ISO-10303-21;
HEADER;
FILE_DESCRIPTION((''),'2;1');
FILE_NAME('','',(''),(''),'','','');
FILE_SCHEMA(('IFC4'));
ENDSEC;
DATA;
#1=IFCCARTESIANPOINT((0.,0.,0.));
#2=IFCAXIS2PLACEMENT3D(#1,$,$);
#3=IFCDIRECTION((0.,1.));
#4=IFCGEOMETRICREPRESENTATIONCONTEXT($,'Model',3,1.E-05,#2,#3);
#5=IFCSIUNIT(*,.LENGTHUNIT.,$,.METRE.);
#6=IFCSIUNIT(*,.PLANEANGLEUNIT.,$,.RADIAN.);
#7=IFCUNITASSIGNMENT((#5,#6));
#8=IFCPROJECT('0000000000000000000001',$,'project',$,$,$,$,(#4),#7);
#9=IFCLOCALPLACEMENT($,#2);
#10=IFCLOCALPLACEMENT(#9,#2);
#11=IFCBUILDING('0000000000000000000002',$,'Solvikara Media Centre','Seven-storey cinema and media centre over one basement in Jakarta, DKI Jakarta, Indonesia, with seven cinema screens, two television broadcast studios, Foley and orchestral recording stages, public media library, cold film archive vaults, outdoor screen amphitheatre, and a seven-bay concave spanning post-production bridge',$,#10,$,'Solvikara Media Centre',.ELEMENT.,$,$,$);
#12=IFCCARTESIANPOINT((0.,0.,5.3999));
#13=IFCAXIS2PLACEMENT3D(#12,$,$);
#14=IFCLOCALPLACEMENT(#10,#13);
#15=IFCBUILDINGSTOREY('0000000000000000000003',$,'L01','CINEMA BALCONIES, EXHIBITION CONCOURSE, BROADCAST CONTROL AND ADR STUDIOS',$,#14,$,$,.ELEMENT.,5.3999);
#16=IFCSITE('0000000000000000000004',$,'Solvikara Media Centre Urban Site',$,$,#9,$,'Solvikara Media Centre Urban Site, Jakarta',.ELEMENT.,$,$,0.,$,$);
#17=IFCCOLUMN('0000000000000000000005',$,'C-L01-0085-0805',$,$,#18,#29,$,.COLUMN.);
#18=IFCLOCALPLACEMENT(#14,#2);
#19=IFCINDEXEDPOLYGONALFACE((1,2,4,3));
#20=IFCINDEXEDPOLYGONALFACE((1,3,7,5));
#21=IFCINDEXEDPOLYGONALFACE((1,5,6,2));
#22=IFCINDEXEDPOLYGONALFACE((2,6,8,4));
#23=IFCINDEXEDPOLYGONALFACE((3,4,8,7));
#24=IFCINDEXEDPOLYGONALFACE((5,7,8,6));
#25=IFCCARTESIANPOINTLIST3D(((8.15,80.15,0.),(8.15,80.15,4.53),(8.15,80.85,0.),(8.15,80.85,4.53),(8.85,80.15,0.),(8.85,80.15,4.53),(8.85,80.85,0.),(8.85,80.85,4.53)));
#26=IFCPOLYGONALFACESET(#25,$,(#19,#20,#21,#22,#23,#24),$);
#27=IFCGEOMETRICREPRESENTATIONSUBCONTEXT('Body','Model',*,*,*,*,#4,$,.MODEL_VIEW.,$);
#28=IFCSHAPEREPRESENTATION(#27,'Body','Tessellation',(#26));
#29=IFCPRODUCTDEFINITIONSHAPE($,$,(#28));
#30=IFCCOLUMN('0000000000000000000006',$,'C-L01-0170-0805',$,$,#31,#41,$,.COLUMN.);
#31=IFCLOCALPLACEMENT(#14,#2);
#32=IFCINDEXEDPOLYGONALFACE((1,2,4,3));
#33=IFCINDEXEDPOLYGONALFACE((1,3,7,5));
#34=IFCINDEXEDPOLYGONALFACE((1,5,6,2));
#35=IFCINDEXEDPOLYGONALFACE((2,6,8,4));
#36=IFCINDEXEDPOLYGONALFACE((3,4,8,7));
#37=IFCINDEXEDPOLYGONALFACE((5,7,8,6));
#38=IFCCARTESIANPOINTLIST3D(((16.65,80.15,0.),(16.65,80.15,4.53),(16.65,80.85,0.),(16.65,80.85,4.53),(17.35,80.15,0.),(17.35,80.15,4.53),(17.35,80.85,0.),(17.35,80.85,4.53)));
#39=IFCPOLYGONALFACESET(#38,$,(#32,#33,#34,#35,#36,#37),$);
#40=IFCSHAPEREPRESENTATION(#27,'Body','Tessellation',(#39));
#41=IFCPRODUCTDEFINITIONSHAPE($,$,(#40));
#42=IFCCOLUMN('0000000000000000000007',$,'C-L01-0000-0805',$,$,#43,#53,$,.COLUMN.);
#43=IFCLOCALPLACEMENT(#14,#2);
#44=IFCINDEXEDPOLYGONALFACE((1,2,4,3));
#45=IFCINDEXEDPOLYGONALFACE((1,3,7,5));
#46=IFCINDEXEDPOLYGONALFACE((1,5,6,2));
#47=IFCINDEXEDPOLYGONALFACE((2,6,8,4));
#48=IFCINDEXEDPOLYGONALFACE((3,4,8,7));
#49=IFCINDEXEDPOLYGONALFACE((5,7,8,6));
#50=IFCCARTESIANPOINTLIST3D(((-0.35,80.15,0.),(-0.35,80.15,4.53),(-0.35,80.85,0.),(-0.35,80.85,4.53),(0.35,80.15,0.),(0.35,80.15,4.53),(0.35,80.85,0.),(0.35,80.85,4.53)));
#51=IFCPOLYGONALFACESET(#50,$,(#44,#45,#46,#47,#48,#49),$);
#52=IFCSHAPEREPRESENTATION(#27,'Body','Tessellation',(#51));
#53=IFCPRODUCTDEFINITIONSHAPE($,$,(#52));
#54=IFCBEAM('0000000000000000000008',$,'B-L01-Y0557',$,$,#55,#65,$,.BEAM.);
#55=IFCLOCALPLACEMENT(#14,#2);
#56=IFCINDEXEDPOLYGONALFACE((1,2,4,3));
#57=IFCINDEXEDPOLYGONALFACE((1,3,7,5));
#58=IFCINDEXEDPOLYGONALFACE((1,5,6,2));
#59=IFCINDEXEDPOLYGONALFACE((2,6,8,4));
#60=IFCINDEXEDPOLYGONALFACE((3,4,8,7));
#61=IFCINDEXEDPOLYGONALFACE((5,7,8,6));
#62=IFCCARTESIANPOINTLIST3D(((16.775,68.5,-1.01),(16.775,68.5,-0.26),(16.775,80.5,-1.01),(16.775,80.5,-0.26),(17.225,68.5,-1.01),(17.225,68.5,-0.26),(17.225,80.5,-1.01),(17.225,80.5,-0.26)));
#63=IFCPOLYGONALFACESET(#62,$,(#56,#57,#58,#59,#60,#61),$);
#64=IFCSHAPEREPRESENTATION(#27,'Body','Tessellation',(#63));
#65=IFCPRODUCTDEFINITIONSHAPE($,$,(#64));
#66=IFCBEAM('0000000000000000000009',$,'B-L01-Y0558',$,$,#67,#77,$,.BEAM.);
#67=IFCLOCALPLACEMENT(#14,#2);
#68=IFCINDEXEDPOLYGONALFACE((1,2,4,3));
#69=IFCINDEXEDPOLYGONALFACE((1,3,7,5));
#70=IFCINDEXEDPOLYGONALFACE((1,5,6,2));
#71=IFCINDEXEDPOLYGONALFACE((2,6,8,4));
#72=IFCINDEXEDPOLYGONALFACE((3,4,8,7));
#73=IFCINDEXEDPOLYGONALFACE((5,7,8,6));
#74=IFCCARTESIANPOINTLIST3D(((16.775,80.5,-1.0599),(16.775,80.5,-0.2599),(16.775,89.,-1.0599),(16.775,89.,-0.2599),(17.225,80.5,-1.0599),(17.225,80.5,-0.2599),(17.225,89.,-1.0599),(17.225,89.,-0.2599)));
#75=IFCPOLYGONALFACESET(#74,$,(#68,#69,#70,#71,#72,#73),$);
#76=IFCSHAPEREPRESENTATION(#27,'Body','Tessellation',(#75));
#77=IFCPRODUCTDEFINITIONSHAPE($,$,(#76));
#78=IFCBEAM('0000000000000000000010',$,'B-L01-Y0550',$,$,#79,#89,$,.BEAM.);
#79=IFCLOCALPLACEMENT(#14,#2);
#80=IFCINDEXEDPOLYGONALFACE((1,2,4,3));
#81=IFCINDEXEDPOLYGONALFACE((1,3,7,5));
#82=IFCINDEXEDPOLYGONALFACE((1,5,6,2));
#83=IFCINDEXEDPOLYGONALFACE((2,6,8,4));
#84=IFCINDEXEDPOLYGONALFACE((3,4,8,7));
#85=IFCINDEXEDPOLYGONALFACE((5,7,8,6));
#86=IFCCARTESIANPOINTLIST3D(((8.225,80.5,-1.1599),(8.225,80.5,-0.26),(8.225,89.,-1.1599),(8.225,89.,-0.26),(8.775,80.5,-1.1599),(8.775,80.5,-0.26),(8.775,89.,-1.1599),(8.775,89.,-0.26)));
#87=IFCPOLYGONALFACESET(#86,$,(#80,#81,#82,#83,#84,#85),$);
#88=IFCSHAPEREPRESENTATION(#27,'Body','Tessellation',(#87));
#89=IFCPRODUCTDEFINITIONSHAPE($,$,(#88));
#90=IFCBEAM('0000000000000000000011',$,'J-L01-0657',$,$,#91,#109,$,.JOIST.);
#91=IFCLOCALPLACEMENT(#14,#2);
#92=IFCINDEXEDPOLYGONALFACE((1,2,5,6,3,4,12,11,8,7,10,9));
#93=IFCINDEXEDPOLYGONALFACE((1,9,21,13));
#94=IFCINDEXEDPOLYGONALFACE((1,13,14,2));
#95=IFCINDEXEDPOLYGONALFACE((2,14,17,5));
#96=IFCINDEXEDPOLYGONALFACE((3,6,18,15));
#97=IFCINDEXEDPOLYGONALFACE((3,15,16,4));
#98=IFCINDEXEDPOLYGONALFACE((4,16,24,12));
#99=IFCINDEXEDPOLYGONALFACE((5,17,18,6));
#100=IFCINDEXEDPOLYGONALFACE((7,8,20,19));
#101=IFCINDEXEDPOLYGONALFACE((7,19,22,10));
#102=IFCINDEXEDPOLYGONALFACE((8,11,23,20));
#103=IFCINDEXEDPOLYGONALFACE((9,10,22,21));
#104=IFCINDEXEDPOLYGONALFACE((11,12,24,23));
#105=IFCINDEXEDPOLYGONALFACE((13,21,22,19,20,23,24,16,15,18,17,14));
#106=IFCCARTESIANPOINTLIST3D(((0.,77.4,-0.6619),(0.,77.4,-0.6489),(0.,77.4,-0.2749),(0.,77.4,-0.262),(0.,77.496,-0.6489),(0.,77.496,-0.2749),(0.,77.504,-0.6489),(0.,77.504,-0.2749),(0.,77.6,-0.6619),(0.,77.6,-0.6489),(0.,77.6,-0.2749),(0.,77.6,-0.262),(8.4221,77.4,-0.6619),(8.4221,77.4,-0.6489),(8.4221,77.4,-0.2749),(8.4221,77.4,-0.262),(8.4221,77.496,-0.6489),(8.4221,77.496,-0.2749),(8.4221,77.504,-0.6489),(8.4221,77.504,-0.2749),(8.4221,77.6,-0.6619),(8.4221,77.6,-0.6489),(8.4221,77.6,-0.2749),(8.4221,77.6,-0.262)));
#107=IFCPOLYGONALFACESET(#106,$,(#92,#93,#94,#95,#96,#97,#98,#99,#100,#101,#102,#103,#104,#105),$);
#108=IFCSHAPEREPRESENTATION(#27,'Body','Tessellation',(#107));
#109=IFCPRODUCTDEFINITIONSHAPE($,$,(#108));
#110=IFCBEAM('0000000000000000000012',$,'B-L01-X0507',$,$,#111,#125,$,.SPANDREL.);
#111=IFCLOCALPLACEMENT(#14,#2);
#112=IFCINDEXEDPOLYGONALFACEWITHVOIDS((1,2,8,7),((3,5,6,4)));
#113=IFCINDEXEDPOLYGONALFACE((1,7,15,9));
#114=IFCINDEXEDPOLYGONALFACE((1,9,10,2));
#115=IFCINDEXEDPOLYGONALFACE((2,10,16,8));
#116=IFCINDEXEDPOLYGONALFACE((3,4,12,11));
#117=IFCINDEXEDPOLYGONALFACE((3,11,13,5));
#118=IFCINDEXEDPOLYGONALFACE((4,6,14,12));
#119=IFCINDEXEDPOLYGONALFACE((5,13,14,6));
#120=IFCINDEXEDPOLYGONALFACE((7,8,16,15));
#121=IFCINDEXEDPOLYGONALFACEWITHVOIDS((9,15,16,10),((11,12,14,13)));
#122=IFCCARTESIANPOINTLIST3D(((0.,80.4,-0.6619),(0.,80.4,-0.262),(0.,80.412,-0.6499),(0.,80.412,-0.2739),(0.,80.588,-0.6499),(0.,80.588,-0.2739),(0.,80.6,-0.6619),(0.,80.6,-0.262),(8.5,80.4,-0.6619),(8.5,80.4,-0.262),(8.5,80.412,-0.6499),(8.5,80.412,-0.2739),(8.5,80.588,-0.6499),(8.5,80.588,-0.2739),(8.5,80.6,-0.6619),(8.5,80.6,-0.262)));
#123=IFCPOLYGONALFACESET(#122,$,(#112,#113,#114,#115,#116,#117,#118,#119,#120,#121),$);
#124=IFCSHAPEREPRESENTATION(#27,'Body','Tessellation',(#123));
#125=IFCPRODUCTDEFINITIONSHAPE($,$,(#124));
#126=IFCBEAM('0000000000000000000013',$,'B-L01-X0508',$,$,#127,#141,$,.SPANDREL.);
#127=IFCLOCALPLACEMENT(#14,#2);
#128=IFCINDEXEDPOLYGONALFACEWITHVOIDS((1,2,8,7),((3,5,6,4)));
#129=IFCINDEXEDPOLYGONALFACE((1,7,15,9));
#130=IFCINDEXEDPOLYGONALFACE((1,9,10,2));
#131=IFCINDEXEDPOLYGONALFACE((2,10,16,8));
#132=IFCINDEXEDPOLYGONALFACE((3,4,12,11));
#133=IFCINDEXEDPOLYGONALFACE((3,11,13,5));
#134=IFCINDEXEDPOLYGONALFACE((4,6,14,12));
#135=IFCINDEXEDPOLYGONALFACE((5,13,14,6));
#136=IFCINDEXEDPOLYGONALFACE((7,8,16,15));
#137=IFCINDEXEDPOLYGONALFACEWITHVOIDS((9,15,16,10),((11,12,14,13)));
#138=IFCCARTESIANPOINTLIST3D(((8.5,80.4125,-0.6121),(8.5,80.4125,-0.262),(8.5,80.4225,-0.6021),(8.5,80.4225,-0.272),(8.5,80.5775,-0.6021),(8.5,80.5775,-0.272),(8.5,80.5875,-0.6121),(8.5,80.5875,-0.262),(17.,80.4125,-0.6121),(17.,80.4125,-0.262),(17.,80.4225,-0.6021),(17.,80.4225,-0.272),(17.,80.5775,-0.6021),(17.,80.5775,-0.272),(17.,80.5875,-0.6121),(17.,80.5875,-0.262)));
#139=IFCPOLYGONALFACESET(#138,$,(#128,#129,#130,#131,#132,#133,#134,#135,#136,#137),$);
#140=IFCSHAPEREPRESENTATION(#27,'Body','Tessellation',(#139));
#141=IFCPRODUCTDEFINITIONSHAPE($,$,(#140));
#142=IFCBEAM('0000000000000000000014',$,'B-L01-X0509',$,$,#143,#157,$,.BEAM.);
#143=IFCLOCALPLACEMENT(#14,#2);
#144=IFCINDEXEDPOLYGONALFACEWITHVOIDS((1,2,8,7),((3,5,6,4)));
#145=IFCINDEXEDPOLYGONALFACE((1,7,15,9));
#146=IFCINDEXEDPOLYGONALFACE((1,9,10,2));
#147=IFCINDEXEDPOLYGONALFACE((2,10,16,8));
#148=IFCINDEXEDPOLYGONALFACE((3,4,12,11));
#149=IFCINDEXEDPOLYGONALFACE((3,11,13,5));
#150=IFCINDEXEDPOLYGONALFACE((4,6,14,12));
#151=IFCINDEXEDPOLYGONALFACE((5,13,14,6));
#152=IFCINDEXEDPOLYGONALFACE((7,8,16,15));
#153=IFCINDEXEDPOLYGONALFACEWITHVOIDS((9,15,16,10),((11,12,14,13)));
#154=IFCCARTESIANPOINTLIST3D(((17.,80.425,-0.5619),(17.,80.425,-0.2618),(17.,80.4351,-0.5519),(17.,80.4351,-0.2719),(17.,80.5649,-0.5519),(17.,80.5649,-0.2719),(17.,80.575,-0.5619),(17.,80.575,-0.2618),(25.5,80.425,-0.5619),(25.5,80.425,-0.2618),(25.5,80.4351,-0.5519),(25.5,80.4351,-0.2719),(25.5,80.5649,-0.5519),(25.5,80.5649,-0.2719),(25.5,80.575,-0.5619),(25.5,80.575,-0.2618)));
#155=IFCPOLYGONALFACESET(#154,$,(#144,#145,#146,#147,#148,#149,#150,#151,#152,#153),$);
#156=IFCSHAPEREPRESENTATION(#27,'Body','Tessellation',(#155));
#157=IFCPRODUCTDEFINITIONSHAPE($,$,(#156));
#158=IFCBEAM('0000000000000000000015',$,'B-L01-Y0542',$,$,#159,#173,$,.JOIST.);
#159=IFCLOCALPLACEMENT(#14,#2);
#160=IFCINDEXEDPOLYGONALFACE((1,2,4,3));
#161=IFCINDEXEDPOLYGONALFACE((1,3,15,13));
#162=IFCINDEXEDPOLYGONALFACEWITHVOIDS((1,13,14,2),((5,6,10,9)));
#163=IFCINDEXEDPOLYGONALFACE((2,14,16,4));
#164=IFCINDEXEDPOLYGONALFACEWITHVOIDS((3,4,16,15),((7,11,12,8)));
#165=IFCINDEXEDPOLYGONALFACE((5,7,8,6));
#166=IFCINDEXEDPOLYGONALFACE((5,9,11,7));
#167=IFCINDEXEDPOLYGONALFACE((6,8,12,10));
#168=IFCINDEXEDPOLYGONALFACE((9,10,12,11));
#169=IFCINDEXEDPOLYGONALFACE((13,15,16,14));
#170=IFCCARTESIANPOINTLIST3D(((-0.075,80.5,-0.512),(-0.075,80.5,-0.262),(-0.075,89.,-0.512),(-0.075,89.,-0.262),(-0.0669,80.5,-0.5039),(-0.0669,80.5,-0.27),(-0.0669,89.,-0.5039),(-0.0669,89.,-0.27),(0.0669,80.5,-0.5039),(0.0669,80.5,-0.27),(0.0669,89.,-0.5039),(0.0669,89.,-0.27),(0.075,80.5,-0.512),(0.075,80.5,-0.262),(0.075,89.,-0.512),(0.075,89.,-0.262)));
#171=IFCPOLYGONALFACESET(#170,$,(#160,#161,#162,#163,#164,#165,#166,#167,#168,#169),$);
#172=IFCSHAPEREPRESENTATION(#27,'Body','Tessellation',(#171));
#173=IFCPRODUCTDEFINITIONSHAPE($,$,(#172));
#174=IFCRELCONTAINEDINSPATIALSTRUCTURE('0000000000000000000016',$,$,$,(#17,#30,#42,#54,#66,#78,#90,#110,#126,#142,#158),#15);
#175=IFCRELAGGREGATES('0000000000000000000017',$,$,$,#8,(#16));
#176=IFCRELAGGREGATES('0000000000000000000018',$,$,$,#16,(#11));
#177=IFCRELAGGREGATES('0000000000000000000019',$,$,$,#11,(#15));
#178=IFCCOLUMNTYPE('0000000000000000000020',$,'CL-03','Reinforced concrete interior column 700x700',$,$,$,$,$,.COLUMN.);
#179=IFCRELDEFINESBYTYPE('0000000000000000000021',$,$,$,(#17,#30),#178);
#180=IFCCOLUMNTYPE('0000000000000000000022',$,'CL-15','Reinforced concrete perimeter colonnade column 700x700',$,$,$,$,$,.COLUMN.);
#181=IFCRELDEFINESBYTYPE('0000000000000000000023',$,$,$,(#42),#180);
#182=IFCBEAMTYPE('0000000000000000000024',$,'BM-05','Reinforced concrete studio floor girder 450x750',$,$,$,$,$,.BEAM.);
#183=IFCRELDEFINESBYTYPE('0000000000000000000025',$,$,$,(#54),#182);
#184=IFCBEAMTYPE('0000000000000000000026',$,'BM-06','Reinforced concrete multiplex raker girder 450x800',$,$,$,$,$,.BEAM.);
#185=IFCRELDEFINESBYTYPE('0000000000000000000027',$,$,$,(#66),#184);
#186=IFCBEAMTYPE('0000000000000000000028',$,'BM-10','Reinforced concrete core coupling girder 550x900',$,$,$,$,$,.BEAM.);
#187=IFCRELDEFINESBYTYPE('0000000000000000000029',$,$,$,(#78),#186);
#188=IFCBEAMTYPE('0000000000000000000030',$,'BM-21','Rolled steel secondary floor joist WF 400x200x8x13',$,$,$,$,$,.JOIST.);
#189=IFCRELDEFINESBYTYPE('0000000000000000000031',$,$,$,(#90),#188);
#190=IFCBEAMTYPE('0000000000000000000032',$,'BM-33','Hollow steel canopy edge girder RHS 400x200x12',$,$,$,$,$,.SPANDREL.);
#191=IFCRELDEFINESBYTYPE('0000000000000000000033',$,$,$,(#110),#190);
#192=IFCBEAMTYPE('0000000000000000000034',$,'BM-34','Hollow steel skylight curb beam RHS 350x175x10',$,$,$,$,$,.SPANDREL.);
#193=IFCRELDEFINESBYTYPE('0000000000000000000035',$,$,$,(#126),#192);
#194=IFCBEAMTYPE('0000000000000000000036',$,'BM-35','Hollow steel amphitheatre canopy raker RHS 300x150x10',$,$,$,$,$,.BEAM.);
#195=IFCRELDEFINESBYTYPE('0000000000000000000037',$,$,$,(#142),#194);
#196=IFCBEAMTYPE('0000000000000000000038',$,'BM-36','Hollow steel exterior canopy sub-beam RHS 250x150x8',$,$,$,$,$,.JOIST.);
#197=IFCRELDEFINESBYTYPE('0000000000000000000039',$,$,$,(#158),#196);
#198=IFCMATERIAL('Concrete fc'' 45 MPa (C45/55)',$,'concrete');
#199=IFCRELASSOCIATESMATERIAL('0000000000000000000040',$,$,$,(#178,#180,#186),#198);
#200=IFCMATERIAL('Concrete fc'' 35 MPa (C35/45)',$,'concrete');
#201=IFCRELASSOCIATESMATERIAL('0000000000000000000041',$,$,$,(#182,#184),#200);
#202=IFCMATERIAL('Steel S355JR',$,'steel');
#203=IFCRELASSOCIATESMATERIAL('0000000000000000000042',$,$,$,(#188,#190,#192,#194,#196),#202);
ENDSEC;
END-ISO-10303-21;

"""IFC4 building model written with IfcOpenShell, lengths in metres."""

from ifc_helpers import new_model, si_unit, direction, frame, origin, origin_2d, place, context, subcontext, project, spatial, rectangle, hollow_rectangle, i_section, extrude, material, material_profile, profile_set, type_object, element, save


model = new_model("IFC4")

# Units and contexts
model_context = context("Model", 3, precision=1e-05, world=origin(), true_north=direction((0.0, 1.0)))
body_context = subcontext(model_context, "Body", "Model", "MODEL_VIEW")
ifc_project = project(units=[si_unit("LENGTHUNIT", "METRE"), si_unit("PLANEANGLEUNIT", "RADIAN")], contexts=[model_context])

# Site, building, storey
site_placement = place(None, origin())
site = spatial("IfcSite", under=ifc_project, at=site_placement, Name="Solvikara Media Centre Urban Site", LongName="Solvikara Media Centre Urban Site, Jakarta", CompositionType="ELEMENT", RefElevation=0.0)
building_placement = place(site_placement, origin())
building = spatial("IfcBuilding", under=site, at=building_placement, Name="Solvikara Media Centre", Description="Seven-storey cinema and media centre over one basement in Jakarta, DKI Jakarta, Indonesia, with seven cinema screens, two television broadcast studios, Foley and orchestral recording stages, public media library, cold film archive vaults, outdoor screen amphitheatre, and a seven-bay concave spanning post-production bridge", LongName="Solvikara Media Centre", CompositionType="ELEMENT")
storey_placement = place(building_placement, frame((0.0, 0.0, 5.3999)))
storey = spatial("IfcBuildingStorey", under=building, at=storey_placement, Name="L01", Description="CINEMA BALCONIES, EXHIBITION CONCOURSE, BROADCAST CONTROL AND ADR STUDIOS", CompositionType="ELEMENT", Elevation=5.3999)

# Columns
ifc_material_1 = material(Name="Concrete fc' 45 MPa (C45/55)", Category="concrete")
ifc_material_profile_1 = material_profile(ifc_material_1, rectangle(XDim=0.7, YDim=0.7, at=origin_2d()), Name="RC 700x700")
ifc_profile_set_1 = profile_set([ifc_material_profile_1], Name="Concrete fc' 45 MPa (C45/55)")
column_type_1 = type_object("IfcColumnType", Name="CL-03", Description="Reinforced concrete interior column 700x700", PredefinedType="COLUMN", material=ifc_profile_set_1)
for number, where, z_axis, x_axis, name in (
    (1, (8.5, 80.5, 0.0), (0.0, 0.0, 1.0), (1.0, 0.0, 0.0), "C-L01-0085-0805"),
    (2, (17.0, 80.5, 0.0), (0.0, 0.0, 1.0), (1.0, 0.0, 0.0), "C-L01-0170-0805"),
):
    element("IfcColumn", number, at=place(storey_placement, frame(where, z_axis=z_axis, x_axis=x_axis)), inside=storey, type_object=column_type_1, Name=name, PredefinedType="COLUMN", context=body_context, shape_type="SweptSolid", body=[
        extrude(rectangle(XDim=0.7, YDim=0.7, at=origin_2d()), origin(), (0.0, 0.0, 1.0), 4.53),
    ])
ifc_material_profile_2 = material_profile(ifc_material_1, rectangle(XDim=0.7, YDim=0.7, at=origin_2d()), Name="RC 700x700")
ifc_profile_set_2 = profile_set([ifc_material_profile_2], Name="Concrete fc' 45 MPa (C45/55)")
column_type_2 = type_object("IfcColumnType", Name="CL-15", Description="Reinforced concrete perimeter colonnade column 700x700", PredefinedType="COLUMN", material=ifc_profile_set_2)
column_placement = place(storey_placement, frame((0.0, 80.5, 0.0), z_axis=(0.0, 0.0, 1.0), x_axis=(1.0, 0.0, 0.0)))
element("IfcColumn", 3, at=column_placement, inside=storey, type_object=column_type_2, Name="C-L01-0000-0805", PredefinedType="COLUMN", context=body_context, shape_type="SweptSolid", body=[
    extrude(rectangle(XDim=0.7, YDim=0.7, at=origin_2d()), origin(), (0.0, 0.0, 1.0), 4.53),
])

# Beams
ifc_material_2 = material(Name="Concrete fc' 35 MPa (C35/45)", Category="concrete")
ifc_material_profile_3 = material_profile(ifc_material_2, rectangle(XDim=0.45, YDim=0.75, at=origin_2d()), Name="RC 450x750")
ifc_profile_set_3 = profile_set([ifc_material_profile_3], Name="Concrete fc' 35 MPa (C35/45)")
beam_type_1 = type_object("IfcBeamType", Name="BM-05", Description="Reinforced concrete studio floor girder 450x750", PredefinedType="BEAM", material=ifc_profile_set_3)
beam_1_placement = place(storey_placement, frame((17.0, 68.5, -0.635), z_axis=(0.0, 1.0, 0.0), x_axis=(-1.0, 0.0, 0.0)))
element("IfcBeam", 4, at=beam_1_placement, inside=storey, type_object=beam_type_1, Name="B-L01-Y0557", PredefinedType="BEAM", context=body_context, shape_type="SweptSolid", body=[
    extrude(rectangle(XDim=0.45, YDim=0.75, at=origin_2d()), origin(), (0.0, 0.0, 1.0), 12.0),
])
ifc_material_profile_4 = material_profile(ifc_material_2, rectangle(XDim=0.45, YDim=0.8, at=origin_2d()), Name="RC 450x800")
ifc_profile_set_4 = profile_set([ifc_material_profile_4], Name="Concrete fc' 35 MPa (C35/45)")
beam_type_2 = type_object("IfcBeamType", Name="BM-06", Description="Reinforced concrete multiplex raker girder 450x800", PredefinedType="BEAM", material=ifc_profile_set_4)
beam_2_placement = place(storey_placement, frame((17.0, 80.5, -0.6599), z_axis=(0.0, 1.0, 0.0), x_axis=(-1.0, 0.0, 0.0)))
element("IfcBeam", 5, at=beam_2_placement, inside=storey, type_object=beam_type_2, Name="B-L01-Y0558", PredefinedType="BEAM", context=body_context, shape_type="SweptSolid", body=[
    extrude(rectangle(XDim=0.45, YDim=0.8, at=origin_2d()), origin(), (0.0, 0.0, 1.0), 8.5),
])
ifc_material_profile_5 = material_profile(ifc_material_1, rectangle(XDim=0.55, YDim=0.8999, at=origin_2d()), Name="RC 550x900")
ifc_profile_set_5 = profile_set([ifc_material_profile_5], Name="Concrete fc' 45 MPa (C45/55)")
beam_type_3 = type_object("IfcBeamType", Name="BM-10", Description="Reinforced concrete core coupling girder 550x900", PredefinedType="BEAM", material=ifc_profile_set_5)
beam_3_placement = place(storey_placement, frame((8.5, 80.5, -0.71), z_axis=(0.0, 1.0, 0.0), x_axis=(-1.0, 0.0, 0.0)))
element("IfcBeam", 6, at=beam_3_placement, inside=storey, type_object=beam_type_3, Name="B-L01-Y0550", PredefinedType="BEAM", context=body_context, shape_type="SweptSolid", body=[
    extrude(rectangle(XDim=0.55, YDim=0.8999, at=origin_2d()), origin(), (0.0, 0.0, 1.0), 8.5),
])
ifc_material_3 = material(Name="Steel S355JR", Category="steel")
ifc_material_profile_6 = material_profile(ifc_material_3, i_section(OverallWidth=0.2, OverallDepth=0.3999, WebThickness=0.0081, FlangeThickness=0.0129, at=origin_2d()), Name="WF 400x200x8x13")
ifc_profile_set_6 = profile_set([ifc_material_profile_6], Name="Steel S355JR")
beam_type_4 = type_object("IfcBeamType", Name="BM-21", Description="Rolled steel secondary floor joist WF 400x200x8x13", PredefinedType="JOIST", material=ifc_profile_set_6)
beam_4_placement = place(storey_placement, frame((0.0, 77.5, -0.4619), z_axis=(1.0, 0.0, 0.0), x_axis=(0.0, 1.0, 0.0)))
element("IfcBeam", 7, at=beam_4_placement, inside=storey, type_object=beam_type_4, Name="J-L01-0657", PredefinedType="JOIST", context=body_context, shape_type="SweptSolid", body=[
    extrude(i_section(OverallWidth=0.2, OverallDepth=0.3999, WebThickness=0.0081, FlangeThickness=0.0129, at=origin_2d()), origin(), (0.0, 0.0, 1.0), 8.4221),
])
ifc_material_profile_7 = material_profile(ifc_material_3, hollow_rectangle(XDim=0.2, YDim=0.3999, WallThickness=0.012, at=origin_2d()), Name="RHS 400x200x12")
ifc_profile_set_7 = profile_set([ifc_material_profile_7], Name="Steel S355JR")
beam_type_5 = type_object("IfcBeamType", Name="BM-33", Description="Hollow steel canopy edge girder RHS 400x200x12", PredefinedType="SPANDREL", material=ifc_profile_set_7)
beam_5_placement = place(storey_placement, frame((0.0, 80.5, -0.4619), z_axis=(1.0, 0.0, 0.0), x_axis=(0.0, 1.0, 0.0)))
element("IfcBeam", 8, at=beam_5_placement, inside=storey, type_object=beam_type_5, Name="B-L01-X0507", PredefinedType="SPANDREL", context=body_context, shape_type="SweptSolid", body=[
    extrude(hollow_rectangle(XDim=0.2, YDim=0.3999, WallThickness=0.012, at=origin_2d()), origin(), (0.0, 0.0, 1.0), 8.5),
])
ifc_material_profile_8 = material_profile(ifc_material_3, hollow_rectangle(XDim=0.175, YDim=0.3501, WallThickness=0.01, at=origin_2d()), Name="RHS 350x175x10")
ifc_profile_set_8 = profile_set([ifc_material_profile_8], Name="Steel S355JR")
beam_type_6 = type_object("IfcBeamType", Name="BM-34", Description="Hollow steel skylight curb beam RHS 350x175x10", PredefinedType="SPANDREL", material=ifc_profile_set_8)
beam_6_placement = place(storey_placement, frame((8.5, 80.5, -0.437), z_axis=(1.0, 0.0, 0.0), x_axis=(0.0, 1.0, 0.0)))
element("IfcBeam", 9, at=beam_6_placement, inside=storey, type_object=beam_type_6, Name="B-L01-X0508", PredefinedType="SPANDREL", context=body_context, shape_type="SweptSolid", body=[
    extrude(hollow_rectangle(XDim=0.175, YDim=0.3501, WallThickness=0.01, at=origin_2d()), origin(), (0.0, 0.0, 1.0), 8.5),
])
ifc_material_profile_9 = material_profile(ifc_material_3, hollow_rectangle(XDim=0.1499, YDim=0.3, WallThickness=0.01, at=origin_2d()), Name="RHS 300x150x10")
ifc_profile_set_9 = profile_set([ifc_material_profile_9], Name="Steel S355JR")
beam_type_7 = type_object("IfcBeamType", Name="BM-35", Description="Hollow steel amphitheatre canopy raker RHS 300x150x10", PredefinedType="BEAM", material=ifc_profile_set_9)
beam_7_placement = place(storey_placement, frame((17.0, 80.5, -0.4119), z_axis=(1.0, 0.0, 0.0), x_axis=(0.0, 1.0, 0.0)))
element("IfcBeam", 10, at=beam_7_placement, inside=storey, type_object=beam_type_7, Name="B-L01-X0509", PredefinedType="BEAM", context=body_context, shape_type="SweptSolid", body=[
    extrude(hollow_rectangle(XDim=0.1499, YDim=0.3, WallThickness=0.01, at=origin_2d()), origin(), (0.0, 0.0, 1.0), 8.5),
])
ifc_material_profile_10 = material_profile(ifc_material_3, hollow_rectangle(XDim=0.1499, YDim=0.25, WallThickness=0.0081, at=origin_2d()), Name="RHS 250x150x8")
ifc_profile_set_10 = profile_set([ifc_material_profile_10], Name="Steel S355JR")
beam_type_8 = type_object("IfcBeamType", Name="BM-36", Description="Hollow steel exterior canopy sub-beam RHS 250x150x8", PredefinedType="JOIST", material=ifc_profile_set_10)
beam_8_placement = place(storey_placement, frame((0.0, 80.5, -0.387), z_axis=(0.0, 1.0, 0.0), x_axis=(-1.0, 0.0, 0.0)))
element("IfcBeam", 11, at=beam_8_placement, inside=storey, type_object=beam_type_8, Name="B-L01-Y0542", PredefinedType="JOIST", context=body_context, shape_type="SweptSolid", body=[
    extrude(hollow_rectangle(XDim=0.1499, YDim=0.25, WallThickness=0.0081, at=origin_2d()), origin(), (0.0, 0.0, 1.0), 8.5),
])

save(model, "model.ifc")
